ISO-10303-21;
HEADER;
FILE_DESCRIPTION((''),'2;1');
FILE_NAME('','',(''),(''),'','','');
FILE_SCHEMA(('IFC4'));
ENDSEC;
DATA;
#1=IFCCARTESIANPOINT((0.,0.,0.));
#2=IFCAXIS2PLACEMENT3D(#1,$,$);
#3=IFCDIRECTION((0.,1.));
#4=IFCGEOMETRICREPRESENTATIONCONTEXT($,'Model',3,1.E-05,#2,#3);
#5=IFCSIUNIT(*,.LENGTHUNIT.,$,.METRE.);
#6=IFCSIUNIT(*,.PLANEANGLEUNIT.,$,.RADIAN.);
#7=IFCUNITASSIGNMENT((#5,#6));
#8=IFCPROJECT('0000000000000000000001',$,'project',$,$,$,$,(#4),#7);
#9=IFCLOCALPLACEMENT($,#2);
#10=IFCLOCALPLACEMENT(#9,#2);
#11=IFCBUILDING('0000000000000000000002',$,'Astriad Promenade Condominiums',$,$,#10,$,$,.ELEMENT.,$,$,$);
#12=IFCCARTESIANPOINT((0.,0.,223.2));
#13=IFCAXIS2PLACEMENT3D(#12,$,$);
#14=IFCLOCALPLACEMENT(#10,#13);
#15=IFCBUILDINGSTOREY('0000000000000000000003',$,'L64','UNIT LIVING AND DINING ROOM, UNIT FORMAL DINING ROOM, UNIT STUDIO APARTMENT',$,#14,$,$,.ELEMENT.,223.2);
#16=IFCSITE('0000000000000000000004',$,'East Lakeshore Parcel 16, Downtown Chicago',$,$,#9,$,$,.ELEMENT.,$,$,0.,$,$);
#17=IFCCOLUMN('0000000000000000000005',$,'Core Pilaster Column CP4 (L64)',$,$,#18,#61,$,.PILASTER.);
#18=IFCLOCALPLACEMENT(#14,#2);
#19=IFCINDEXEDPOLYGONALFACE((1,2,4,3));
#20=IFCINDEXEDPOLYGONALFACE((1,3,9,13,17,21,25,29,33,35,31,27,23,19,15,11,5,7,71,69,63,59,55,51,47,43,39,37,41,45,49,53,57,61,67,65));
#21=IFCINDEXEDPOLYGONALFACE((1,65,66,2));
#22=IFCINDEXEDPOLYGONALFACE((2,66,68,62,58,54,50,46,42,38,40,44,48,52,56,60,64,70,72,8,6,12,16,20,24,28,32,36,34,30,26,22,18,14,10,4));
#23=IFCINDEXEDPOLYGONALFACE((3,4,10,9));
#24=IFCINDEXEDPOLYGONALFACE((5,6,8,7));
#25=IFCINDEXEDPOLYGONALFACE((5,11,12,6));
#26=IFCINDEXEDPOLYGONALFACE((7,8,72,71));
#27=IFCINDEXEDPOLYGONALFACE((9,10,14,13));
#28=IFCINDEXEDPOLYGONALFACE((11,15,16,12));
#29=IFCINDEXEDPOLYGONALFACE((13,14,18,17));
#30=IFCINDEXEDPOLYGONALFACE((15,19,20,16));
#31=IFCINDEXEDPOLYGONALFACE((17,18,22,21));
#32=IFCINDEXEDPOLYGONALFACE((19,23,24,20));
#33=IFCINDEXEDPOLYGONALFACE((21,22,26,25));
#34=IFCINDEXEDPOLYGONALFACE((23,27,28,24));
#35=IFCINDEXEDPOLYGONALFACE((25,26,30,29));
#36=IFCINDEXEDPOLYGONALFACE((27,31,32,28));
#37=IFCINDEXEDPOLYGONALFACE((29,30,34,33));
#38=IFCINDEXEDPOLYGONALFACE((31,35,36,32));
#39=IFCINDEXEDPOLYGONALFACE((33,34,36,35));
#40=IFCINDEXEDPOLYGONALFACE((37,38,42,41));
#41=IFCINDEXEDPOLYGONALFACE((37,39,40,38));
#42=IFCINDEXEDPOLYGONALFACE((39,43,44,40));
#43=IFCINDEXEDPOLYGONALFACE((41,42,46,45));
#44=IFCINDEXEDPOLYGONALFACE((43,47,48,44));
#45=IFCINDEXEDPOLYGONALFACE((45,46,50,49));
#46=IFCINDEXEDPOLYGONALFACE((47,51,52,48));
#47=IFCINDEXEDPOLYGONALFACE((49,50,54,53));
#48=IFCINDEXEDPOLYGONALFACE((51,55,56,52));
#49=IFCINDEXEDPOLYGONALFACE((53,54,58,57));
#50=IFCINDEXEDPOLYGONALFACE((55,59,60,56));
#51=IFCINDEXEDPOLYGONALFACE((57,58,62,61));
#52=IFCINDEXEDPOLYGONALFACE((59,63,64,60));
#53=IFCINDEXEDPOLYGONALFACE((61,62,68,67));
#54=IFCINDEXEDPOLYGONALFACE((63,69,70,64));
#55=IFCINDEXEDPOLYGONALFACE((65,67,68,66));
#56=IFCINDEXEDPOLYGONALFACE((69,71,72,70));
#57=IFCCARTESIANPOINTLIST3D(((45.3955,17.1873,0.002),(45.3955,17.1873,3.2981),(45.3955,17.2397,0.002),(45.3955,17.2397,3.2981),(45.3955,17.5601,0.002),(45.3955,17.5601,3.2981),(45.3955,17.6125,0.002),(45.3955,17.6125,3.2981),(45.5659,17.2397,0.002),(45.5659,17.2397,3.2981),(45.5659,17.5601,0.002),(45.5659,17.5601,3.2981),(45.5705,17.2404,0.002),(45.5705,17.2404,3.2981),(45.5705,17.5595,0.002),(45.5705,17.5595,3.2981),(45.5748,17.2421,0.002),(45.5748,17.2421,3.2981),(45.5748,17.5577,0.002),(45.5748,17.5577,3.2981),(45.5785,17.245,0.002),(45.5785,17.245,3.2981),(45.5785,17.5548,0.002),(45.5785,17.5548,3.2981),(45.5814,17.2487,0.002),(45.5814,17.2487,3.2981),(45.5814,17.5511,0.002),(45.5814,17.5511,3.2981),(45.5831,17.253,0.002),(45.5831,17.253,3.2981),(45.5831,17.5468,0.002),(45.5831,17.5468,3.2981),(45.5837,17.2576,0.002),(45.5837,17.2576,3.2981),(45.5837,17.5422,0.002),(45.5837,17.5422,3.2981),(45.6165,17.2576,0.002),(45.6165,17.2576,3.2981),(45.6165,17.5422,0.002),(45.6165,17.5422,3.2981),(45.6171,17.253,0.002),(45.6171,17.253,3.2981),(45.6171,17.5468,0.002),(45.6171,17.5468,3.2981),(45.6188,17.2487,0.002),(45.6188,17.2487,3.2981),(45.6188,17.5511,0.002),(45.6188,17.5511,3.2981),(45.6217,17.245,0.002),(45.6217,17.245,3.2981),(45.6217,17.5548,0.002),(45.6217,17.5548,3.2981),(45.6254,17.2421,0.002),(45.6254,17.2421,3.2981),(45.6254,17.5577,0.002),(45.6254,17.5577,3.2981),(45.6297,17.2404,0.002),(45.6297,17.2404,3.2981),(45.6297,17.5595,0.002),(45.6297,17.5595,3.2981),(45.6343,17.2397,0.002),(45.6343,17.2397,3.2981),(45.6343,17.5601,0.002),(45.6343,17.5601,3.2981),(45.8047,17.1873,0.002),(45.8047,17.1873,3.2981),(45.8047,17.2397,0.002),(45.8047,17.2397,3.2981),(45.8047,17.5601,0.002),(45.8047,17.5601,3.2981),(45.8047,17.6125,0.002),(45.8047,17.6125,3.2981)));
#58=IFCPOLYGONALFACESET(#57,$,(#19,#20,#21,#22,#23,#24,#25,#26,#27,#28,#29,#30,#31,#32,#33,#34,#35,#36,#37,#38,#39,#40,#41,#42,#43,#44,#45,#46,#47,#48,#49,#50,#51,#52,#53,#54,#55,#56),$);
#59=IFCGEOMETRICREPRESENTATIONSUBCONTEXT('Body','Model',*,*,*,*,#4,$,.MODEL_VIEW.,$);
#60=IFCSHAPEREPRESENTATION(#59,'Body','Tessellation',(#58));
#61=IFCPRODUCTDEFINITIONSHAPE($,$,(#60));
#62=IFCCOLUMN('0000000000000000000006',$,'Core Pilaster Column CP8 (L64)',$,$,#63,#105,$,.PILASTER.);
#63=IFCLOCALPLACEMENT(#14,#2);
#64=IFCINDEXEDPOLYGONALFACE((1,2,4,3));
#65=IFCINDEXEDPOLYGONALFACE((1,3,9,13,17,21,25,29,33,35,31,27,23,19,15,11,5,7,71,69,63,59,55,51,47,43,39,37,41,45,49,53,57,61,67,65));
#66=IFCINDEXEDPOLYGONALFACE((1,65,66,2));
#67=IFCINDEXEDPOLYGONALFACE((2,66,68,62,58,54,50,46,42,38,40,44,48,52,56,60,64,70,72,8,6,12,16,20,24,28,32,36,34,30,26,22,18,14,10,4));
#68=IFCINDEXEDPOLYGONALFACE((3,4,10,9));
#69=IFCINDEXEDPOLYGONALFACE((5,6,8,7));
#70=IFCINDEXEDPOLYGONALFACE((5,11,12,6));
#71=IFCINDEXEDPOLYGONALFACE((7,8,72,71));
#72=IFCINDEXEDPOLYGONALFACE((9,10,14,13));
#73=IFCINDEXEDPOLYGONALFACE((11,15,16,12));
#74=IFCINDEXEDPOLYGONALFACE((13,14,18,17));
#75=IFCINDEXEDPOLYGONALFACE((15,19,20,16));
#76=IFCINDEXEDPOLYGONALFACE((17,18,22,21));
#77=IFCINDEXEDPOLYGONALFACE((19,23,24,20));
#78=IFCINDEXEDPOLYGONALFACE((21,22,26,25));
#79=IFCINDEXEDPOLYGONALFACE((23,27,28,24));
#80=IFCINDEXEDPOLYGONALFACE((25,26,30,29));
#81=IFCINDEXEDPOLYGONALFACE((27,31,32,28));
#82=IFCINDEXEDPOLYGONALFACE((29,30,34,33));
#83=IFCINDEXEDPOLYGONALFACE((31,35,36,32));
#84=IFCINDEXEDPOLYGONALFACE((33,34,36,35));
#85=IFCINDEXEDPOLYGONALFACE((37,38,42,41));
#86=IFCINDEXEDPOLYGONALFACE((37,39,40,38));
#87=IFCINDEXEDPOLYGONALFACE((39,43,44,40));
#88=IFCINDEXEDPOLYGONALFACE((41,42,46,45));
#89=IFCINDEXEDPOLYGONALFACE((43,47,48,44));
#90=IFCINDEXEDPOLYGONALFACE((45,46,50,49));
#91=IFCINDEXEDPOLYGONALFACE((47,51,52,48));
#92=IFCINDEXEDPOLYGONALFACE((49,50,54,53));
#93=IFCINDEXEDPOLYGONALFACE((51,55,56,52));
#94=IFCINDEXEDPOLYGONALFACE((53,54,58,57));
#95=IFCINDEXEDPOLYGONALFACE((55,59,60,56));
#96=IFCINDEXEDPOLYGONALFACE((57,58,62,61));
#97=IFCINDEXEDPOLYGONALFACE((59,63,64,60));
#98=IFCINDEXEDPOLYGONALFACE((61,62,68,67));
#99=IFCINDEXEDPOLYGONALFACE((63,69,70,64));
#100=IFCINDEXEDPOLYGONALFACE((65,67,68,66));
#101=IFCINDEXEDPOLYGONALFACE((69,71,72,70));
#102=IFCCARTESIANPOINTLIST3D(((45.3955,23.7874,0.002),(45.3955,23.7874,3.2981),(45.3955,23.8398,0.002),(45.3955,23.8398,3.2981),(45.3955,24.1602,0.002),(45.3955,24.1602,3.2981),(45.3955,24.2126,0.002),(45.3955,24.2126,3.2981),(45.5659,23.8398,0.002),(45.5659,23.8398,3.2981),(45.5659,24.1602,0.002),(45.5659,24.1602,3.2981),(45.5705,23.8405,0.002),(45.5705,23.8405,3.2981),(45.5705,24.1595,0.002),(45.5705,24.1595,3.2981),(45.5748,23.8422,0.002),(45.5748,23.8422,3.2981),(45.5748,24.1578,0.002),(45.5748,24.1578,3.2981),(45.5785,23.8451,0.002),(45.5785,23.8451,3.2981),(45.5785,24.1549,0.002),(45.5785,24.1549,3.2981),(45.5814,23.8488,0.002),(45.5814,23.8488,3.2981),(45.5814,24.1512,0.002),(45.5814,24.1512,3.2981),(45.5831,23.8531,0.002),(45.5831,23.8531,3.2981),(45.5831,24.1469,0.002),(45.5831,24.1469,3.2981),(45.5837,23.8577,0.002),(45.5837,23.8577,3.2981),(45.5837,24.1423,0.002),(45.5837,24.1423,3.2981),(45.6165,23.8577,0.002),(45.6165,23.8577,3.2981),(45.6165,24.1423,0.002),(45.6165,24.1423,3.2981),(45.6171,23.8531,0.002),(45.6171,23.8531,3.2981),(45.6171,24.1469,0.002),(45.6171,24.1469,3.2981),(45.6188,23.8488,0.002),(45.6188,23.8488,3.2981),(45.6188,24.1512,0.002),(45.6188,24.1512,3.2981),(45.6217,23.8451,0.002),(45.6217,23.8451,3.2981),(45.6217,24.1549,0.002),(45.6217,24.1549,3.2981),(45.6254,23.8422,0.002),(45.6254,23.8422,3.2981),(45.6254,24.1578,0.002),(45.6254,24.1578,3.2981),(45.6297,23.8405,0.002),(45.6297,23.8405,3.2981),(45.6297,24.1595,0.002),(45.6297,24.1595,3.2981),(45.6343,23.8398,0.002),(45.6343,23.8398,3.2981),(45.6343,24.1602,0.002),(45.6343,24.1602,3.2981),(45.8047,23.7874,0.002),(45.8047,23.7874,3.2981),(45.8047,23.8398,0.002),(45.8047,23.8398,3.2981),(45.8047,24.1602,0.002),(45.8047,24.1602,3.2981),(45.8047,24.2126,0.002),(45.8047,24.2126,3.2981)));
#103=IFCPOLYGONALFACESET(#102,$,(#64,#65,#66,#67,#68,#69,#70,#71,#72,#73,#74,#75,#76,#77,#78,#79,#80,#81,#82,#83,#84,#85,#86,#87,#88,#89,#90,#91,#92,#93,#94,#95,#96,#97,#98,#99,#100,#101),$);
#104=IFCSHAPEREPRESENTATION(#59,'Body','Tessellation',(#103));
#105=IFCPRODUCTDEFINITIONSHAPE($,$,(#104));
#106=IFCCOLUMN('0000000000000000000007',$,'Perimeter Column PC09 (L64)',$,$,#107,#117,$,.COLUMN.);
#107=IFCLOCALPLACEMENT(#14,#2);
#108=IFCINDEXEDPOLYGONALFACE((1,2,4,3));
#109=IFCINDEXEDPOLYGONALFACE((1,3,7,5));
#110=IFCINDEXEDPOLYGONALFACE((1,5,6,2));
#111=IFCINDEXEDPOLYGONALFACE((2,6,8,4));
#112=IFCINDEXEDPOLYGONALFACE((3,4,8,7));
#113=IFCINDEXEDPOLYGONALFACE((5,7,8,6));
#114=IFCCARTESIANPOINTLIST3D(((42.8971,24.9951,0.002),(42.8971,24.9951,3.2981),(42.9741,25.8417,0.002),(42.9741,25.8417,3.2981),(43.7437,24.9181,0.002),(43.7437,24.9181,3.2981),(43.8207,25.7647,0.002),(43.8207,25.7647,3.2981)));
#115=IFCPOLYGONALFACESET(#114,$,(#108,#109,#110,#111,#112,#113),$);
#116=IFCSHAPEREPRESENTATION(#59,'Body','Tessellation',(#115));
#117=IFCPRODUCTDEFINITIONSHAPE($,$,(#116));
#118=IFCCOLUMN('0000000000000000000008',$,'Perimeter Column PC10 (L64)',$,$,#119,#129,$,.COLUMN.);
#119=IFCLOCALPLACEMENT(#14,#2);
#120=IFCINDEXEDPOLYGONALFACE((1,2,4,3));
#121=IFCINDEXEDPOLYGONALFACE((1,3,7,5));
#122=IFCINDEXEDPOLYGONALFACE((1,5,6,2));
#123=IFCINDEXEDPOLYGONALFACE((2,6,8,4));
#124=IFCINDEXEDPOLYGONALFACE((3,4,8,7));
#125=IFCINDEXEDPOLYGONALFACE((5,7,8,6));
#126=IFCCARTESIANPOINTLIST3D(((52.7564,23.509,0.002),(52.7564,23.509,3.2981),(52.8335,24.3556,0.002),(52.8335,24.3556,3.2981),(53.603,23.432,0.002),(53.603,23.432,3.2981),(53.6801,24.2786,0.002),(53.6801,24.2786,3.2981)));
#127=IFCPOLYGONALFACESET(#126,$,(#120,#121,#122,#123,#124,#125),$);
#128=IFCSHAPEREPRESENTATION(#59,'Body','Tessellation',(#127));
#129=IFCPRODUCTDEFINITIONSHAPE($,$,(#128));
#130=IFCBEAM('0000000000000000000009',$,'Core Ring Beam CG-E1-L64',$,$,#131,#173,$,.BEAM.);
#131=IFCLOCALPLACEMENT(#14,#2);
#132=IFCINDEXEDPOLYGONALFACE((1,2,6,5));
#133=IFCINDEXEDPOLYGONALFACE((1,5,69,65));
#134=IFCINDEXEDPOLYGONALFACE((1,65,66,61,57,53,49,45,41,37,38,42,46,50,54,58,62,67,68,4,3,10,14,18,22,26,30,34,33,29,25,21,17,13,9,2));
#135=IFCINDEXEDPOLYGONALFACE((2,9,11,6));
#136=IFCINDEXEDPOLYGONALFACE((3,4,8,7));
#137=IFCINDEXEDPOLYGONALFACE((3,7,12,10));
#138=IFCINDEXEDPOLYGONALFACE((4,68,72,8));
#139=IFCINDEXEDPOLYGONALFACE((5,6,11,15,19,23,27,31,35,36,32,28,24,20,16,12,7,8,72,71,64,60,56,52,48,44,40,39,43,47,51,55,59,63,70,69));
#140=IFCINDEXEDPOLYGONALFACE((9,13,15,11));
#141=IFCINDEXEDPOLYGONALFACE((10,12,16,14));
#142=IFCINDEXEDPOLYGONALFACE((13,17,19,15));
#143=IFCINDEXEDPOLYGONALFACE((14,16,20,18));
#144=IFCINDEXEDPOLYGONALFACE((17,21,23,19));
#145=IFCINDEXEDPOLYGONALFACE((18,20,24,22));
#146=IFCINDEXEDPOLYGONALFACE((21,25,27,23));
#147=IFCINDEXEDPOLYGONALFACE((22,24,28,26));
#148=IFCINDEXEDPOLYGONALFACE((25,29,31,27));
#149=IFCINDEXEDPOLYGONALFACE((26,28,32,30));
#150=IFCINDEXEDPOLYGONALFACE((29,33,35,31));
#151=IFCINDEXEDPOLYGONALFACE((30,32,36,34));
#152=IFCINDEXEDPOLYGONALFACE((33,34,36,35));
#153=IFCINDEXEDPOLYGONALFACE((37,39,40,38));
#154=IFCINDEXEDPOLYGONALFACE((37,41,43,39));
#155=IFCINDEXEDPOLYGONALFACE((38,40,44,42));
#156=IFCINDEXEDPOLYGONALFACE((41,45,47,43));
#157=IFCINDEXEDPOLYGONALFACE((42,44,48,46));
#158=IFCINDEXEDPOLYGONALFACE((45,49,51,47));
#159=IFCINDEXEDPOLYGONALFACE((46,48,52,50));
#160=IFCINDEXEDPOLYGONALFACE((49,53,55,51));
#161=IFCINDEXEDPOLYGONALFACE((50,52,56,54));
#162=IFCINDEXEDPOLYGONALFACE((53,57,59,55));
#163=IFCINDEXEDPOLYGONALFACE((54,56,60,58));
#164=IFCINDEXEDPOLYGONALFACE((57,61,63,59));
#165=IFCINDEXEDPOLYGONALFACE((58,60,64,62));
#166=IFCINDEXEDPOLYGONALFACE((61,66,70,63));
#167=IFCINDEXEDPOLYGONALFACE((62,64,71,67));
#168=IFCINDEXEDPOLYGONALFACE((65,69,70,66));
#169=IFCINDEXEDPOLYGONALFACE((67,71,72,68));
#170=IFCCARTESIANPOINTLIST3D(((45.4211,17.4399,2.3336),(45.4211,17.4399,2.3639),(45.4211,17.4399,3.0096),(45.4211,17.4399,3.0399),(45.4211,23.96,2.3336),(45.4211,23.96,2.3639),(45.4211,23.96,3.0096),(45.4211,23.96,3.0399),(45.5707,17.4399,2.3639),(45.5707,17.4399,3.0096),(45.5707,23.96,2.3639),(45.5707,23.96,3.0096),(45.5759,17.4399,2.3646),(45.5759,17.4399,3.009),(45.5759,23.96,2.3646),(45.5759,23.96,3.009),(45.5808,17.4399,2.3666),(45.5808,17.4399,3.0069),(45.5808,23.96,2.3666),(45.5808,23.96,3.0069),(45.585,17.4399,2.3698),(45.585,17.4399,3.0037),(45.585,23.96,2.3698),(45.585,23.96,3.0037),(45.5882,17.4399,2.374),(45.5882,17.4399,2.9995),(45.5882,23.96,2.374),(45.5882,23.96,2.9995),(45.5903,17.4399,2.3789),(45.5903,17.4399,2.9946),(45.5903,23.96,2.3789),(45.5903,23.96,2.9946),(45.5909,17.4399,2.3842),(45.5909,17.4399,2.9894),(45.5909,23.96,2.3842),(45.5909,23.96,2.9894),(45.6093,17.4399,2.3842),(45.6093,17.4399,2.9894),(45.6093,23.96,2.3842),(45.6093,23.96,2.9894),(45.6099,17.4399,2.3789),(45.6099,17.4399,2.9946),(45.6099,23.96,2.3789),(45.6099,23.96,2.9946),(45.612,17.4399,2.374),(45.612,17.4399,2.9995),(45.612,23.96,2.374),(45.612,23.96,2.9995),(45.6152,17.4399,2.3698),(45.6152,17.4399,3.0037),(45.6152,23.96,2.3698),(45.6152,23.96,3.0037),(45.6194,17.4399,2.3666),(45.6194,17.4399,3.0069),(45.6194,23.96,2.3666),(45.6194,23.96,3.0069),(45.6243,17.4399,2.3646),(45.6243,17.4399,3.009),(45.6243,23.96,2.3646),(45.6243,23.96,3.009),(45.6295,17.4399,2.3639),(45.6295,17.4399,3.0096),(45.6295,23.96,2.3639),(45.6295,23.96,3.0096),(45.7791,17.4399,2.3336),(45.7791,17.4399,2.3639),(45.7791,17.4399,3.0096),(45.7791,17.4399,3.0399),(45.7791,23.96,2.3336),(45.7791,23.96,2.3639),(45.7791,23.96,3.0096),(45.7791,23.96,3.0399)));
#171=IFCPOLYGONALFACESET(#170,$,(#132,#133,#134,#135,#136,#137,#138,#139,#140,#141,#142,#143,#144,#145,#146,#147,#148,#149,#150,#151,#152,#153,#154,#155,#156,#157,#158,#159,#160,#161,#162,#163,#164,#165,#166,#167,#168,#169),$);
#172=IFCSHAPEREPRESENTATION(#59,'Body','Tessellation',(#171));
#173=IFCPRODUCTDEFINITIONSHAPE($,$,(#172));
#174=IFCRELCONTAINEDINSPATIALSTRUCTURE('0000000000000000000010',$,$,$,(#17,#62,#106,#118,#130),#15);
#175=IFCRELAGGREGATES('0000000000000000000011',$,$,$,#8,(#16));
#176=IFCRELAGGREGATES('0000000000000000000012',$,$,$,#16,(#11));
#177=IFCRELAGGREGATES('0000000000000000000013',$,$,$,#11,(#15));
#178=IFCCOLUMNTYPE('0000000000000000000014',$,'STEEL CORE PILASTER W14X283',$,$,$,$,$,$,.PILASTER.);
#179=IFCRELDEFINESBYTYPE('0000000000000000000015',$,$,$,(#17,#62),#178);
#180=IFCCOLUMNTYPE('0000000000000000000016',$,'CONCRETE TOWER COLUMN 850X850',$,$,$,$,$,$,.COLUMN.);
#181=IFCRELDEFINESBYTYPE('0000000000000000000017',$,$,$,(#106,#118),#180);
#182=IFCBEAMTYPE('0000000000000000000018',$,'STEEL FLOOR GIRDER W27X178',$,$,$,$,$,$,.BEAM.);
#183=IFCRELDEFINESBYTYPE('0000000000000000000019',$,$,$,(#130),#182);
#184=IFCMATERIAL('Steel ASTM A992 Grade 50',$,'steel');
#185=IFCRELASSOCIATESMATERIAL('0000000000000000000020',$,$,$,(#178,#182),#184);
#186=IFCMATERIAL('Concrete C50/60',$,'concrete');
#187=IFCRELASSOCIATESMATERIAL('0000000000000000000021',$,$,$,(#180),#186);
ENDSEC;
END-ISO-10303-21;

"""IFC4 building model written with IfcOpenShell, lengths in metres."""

from ifc_helpers import new_model, si_unit, direction, frame, origin, origin_2d, place, context, subcontext, project, spatial, rectangle, i_section, extrude, source, transform, mapped, material, material_profile, profile_set, type_object, type_shapes, element, save


model = new_model("IFC4")

# Units and contexts
model_context = context("Model", 3, precision=1e-05, world=origin(), true_north=direction((0.0, 1.0)))
body_context = subcontext(model_context, "Body", "Model", "MODEL_VIEW")
ifc_project = project(units=[si_unit("LENGTHUNIT", "METRE"), si_unit("PLANEANGLEUNIT", "RADIAN")], contexts=[model_context])

# Site, building, storey
site_placement = place(None, origin())
site = spatial("IfcSite", under=ifc_project, at=site_placement, Name="East Lakeshore Parcel 16, Downtown Chicago", CompositionType="ELEMENT", RefElevation=0.0)
building_placement = place(site_placement, origin())
building = spatial("IfcBuilding", under=site, at=building_placement, Name="Astriad Promenade Condominiums", CompositionType="ELEMENT")
storey_placement = place(building_placement, frame((0.0, 0.0, 223.2)))
storey = spatial("IfcBuildingStorey", under=building, at=storey_placement, Name="L64", Description="UNIT LIVING AND DINING ROOM, UNIT FORMAL DINING ROOM, UNIT STUDIO APARTMENT", CompositionType="ELEMENT", Elevation=223.2)

# Columns
ifc_material_1 = material(Name="Steel ASTM A992 Grade 50", Category="steel")
ifc_material_profile_1 = material_profile(ifc_material_1, i_section(OverallWidth=0.4092, OverallDepth=0.4253, WebThickness=0.0327, FlangeThickness=0.0525, FilletRadius=0.0178, at=origin_2d()), Name="W14X283")
ifc_profile_set_1 = profile_set([ifc_material_profile_1], Name="Steel ASTM A992 Grade 50")
column_type_1 = type_object("IfcColumnType", Name="STEEL CORE PILASTER W14X283", PredefinedType="PILASTER", material=ifc_profile_set_1)
shared_shape_1 = source(origin(), body_context, "Body", "SweptSolid", [
    extrude(i_section(OverallWidth=0.4092, OverallDepth=0.4253, WebThickness=0.0327, FlangeThickness=0.0525, FilletRadius=0.0178, at=origin_2d()), origin(), (0.0, 0.0, 1.0), 3.2961),
])
type_shapes(column_type_1, [shared_shape_1])
for number, where, z_axis, x_axis, name in (
    (1, (45.6001, 17.3999, 0.002), (0.0, 0.0, 1.0), (1.0, 0.0, 0.0), "Core Pilaster Column CP4 (L64)"),
    (2, (45.6001, 24.0, 0.002), (0.0, 0.0, 1.0), (1.0, 0.0, 0.0), "Core Pilaster Column CP8 (L64)"),
):
    element("IfcColumn", number, at=place(storey_placement, frame(where, z_axis=z_axis, x_axis=x_axis)), inside=storey, type_object=column_type_1, Name=name, PredefinedType="PILASTER", context=body_context, shape_type="MappedRepresentation", body=[
        mapped(shared_shape_1, transform((0.0, 0.0, 0.0), scale=1.0)),
    ])
ifc_material_2 = material(Name="Concrete C50/60", Category="concrete")
ifc_material_profile_2 = material_profile(ifc_material_2, rectangle(XDim=0.8501, YDim=0.8501, at=origin_2d()), Name="RC-COL-850X850")
ifc_profile_set_2 = profile_set([ifc_material_profile_2], Name="Concrete C50/60")
column_type_2 = type_object("IfcColumnType", Name="CONCRETE TOWER COLUMN 850X850", PredefinedType="COLUMN", material=ifc_profile_set_2)
shared_shape_2 = source(origin(), body_context, "Body", "SweptSolid", [
    extrude(rectangle(XDim=0.8501, YDim=0.8501, at=origin_2d()), origin(), (0.0, 0.0, 1.0), 3.2961),
])
type_shapes(column_type_2, [shared_shape_2])
for number, where, z_axis, x_axis, name in (
    (3, (43.3589, 25.3799, 0.002), (0.0, 0.0, 1.0), (0.995884, -0.090633, 0.0), "Perimeter Column PC09 (L64)"),
    (4, (53.2183, 23.8938, 0.002), (0.0, 0.0, 1.0), (0.995884, -0.090633, 0.0), "Perimeter Column PC10 (L64)"),
):
    element("IfcColumn", number, at=place(storey_placement, frame(where, z_axis=z_axis, x_axis=x_axis)), inside=storey, type_object=column_type_2, Name=name, PredefinedType="COLUMN", context=body_context, shape_type="MappedRepresentation", body=[
        mapped(shared_shape_2, transform((0.0, 0.0, 0.0), scale=1.0)),
    ])

# Beam
ifc_material_profile_3 = material_profile(ifc_material_1, i_section(OverallWidth=0.3579, OverallDepth=0.7063, WebThickness=0.0183, FlangeThickness=0.0303, FilletRadius=0.0203, at=origin_2d()), Name="W27X178")
ifc_profile_set_3 = profile_set([ifc_material_profile_3], Name="Steel ASTM A992 Grade 50")
beam_type_1 = type_object("IfcBeamType", Name="STEEL FLOOR GIRDER W27X178", PredefinedType="BEAM", material=ifc_profile_set_3)
shared_shape_3 = source(origin(), body_context, "Body", "SweptSolid", [
    extrude(i_section(OverallWidth=0.3579, OverallDepth=0.7063, WebThickness=0.0183, FlangeThickness=0.0303, FilletRadius=0.0203, at=origin_2d()), origin(), (0.0, 0.0, 1.0), 6.52),
])
type_shapes(beam_type_1, [shared_shape_3])
beam_1_placement = place(storey_placement, frame((45.6001, 17.4399, 2.6868), z_axis=(0.0, 1.0, 0.0), x_axis=(-1.0, 0.0, 0.0)))
element("IfcBeam", 5, at=beam_1_placement, inside=storey, type_object=beam_type_1, Name="Core Ring Beam CG-E1-L64", PredefinedType="BEAM", context=body_context, shape_type="MappedRepresentation", body=[
    mapped(shared_shape_3, transform((0.0, 0.0, 0.0), scale=1.0)),
])

save(model, "model.ifc")
